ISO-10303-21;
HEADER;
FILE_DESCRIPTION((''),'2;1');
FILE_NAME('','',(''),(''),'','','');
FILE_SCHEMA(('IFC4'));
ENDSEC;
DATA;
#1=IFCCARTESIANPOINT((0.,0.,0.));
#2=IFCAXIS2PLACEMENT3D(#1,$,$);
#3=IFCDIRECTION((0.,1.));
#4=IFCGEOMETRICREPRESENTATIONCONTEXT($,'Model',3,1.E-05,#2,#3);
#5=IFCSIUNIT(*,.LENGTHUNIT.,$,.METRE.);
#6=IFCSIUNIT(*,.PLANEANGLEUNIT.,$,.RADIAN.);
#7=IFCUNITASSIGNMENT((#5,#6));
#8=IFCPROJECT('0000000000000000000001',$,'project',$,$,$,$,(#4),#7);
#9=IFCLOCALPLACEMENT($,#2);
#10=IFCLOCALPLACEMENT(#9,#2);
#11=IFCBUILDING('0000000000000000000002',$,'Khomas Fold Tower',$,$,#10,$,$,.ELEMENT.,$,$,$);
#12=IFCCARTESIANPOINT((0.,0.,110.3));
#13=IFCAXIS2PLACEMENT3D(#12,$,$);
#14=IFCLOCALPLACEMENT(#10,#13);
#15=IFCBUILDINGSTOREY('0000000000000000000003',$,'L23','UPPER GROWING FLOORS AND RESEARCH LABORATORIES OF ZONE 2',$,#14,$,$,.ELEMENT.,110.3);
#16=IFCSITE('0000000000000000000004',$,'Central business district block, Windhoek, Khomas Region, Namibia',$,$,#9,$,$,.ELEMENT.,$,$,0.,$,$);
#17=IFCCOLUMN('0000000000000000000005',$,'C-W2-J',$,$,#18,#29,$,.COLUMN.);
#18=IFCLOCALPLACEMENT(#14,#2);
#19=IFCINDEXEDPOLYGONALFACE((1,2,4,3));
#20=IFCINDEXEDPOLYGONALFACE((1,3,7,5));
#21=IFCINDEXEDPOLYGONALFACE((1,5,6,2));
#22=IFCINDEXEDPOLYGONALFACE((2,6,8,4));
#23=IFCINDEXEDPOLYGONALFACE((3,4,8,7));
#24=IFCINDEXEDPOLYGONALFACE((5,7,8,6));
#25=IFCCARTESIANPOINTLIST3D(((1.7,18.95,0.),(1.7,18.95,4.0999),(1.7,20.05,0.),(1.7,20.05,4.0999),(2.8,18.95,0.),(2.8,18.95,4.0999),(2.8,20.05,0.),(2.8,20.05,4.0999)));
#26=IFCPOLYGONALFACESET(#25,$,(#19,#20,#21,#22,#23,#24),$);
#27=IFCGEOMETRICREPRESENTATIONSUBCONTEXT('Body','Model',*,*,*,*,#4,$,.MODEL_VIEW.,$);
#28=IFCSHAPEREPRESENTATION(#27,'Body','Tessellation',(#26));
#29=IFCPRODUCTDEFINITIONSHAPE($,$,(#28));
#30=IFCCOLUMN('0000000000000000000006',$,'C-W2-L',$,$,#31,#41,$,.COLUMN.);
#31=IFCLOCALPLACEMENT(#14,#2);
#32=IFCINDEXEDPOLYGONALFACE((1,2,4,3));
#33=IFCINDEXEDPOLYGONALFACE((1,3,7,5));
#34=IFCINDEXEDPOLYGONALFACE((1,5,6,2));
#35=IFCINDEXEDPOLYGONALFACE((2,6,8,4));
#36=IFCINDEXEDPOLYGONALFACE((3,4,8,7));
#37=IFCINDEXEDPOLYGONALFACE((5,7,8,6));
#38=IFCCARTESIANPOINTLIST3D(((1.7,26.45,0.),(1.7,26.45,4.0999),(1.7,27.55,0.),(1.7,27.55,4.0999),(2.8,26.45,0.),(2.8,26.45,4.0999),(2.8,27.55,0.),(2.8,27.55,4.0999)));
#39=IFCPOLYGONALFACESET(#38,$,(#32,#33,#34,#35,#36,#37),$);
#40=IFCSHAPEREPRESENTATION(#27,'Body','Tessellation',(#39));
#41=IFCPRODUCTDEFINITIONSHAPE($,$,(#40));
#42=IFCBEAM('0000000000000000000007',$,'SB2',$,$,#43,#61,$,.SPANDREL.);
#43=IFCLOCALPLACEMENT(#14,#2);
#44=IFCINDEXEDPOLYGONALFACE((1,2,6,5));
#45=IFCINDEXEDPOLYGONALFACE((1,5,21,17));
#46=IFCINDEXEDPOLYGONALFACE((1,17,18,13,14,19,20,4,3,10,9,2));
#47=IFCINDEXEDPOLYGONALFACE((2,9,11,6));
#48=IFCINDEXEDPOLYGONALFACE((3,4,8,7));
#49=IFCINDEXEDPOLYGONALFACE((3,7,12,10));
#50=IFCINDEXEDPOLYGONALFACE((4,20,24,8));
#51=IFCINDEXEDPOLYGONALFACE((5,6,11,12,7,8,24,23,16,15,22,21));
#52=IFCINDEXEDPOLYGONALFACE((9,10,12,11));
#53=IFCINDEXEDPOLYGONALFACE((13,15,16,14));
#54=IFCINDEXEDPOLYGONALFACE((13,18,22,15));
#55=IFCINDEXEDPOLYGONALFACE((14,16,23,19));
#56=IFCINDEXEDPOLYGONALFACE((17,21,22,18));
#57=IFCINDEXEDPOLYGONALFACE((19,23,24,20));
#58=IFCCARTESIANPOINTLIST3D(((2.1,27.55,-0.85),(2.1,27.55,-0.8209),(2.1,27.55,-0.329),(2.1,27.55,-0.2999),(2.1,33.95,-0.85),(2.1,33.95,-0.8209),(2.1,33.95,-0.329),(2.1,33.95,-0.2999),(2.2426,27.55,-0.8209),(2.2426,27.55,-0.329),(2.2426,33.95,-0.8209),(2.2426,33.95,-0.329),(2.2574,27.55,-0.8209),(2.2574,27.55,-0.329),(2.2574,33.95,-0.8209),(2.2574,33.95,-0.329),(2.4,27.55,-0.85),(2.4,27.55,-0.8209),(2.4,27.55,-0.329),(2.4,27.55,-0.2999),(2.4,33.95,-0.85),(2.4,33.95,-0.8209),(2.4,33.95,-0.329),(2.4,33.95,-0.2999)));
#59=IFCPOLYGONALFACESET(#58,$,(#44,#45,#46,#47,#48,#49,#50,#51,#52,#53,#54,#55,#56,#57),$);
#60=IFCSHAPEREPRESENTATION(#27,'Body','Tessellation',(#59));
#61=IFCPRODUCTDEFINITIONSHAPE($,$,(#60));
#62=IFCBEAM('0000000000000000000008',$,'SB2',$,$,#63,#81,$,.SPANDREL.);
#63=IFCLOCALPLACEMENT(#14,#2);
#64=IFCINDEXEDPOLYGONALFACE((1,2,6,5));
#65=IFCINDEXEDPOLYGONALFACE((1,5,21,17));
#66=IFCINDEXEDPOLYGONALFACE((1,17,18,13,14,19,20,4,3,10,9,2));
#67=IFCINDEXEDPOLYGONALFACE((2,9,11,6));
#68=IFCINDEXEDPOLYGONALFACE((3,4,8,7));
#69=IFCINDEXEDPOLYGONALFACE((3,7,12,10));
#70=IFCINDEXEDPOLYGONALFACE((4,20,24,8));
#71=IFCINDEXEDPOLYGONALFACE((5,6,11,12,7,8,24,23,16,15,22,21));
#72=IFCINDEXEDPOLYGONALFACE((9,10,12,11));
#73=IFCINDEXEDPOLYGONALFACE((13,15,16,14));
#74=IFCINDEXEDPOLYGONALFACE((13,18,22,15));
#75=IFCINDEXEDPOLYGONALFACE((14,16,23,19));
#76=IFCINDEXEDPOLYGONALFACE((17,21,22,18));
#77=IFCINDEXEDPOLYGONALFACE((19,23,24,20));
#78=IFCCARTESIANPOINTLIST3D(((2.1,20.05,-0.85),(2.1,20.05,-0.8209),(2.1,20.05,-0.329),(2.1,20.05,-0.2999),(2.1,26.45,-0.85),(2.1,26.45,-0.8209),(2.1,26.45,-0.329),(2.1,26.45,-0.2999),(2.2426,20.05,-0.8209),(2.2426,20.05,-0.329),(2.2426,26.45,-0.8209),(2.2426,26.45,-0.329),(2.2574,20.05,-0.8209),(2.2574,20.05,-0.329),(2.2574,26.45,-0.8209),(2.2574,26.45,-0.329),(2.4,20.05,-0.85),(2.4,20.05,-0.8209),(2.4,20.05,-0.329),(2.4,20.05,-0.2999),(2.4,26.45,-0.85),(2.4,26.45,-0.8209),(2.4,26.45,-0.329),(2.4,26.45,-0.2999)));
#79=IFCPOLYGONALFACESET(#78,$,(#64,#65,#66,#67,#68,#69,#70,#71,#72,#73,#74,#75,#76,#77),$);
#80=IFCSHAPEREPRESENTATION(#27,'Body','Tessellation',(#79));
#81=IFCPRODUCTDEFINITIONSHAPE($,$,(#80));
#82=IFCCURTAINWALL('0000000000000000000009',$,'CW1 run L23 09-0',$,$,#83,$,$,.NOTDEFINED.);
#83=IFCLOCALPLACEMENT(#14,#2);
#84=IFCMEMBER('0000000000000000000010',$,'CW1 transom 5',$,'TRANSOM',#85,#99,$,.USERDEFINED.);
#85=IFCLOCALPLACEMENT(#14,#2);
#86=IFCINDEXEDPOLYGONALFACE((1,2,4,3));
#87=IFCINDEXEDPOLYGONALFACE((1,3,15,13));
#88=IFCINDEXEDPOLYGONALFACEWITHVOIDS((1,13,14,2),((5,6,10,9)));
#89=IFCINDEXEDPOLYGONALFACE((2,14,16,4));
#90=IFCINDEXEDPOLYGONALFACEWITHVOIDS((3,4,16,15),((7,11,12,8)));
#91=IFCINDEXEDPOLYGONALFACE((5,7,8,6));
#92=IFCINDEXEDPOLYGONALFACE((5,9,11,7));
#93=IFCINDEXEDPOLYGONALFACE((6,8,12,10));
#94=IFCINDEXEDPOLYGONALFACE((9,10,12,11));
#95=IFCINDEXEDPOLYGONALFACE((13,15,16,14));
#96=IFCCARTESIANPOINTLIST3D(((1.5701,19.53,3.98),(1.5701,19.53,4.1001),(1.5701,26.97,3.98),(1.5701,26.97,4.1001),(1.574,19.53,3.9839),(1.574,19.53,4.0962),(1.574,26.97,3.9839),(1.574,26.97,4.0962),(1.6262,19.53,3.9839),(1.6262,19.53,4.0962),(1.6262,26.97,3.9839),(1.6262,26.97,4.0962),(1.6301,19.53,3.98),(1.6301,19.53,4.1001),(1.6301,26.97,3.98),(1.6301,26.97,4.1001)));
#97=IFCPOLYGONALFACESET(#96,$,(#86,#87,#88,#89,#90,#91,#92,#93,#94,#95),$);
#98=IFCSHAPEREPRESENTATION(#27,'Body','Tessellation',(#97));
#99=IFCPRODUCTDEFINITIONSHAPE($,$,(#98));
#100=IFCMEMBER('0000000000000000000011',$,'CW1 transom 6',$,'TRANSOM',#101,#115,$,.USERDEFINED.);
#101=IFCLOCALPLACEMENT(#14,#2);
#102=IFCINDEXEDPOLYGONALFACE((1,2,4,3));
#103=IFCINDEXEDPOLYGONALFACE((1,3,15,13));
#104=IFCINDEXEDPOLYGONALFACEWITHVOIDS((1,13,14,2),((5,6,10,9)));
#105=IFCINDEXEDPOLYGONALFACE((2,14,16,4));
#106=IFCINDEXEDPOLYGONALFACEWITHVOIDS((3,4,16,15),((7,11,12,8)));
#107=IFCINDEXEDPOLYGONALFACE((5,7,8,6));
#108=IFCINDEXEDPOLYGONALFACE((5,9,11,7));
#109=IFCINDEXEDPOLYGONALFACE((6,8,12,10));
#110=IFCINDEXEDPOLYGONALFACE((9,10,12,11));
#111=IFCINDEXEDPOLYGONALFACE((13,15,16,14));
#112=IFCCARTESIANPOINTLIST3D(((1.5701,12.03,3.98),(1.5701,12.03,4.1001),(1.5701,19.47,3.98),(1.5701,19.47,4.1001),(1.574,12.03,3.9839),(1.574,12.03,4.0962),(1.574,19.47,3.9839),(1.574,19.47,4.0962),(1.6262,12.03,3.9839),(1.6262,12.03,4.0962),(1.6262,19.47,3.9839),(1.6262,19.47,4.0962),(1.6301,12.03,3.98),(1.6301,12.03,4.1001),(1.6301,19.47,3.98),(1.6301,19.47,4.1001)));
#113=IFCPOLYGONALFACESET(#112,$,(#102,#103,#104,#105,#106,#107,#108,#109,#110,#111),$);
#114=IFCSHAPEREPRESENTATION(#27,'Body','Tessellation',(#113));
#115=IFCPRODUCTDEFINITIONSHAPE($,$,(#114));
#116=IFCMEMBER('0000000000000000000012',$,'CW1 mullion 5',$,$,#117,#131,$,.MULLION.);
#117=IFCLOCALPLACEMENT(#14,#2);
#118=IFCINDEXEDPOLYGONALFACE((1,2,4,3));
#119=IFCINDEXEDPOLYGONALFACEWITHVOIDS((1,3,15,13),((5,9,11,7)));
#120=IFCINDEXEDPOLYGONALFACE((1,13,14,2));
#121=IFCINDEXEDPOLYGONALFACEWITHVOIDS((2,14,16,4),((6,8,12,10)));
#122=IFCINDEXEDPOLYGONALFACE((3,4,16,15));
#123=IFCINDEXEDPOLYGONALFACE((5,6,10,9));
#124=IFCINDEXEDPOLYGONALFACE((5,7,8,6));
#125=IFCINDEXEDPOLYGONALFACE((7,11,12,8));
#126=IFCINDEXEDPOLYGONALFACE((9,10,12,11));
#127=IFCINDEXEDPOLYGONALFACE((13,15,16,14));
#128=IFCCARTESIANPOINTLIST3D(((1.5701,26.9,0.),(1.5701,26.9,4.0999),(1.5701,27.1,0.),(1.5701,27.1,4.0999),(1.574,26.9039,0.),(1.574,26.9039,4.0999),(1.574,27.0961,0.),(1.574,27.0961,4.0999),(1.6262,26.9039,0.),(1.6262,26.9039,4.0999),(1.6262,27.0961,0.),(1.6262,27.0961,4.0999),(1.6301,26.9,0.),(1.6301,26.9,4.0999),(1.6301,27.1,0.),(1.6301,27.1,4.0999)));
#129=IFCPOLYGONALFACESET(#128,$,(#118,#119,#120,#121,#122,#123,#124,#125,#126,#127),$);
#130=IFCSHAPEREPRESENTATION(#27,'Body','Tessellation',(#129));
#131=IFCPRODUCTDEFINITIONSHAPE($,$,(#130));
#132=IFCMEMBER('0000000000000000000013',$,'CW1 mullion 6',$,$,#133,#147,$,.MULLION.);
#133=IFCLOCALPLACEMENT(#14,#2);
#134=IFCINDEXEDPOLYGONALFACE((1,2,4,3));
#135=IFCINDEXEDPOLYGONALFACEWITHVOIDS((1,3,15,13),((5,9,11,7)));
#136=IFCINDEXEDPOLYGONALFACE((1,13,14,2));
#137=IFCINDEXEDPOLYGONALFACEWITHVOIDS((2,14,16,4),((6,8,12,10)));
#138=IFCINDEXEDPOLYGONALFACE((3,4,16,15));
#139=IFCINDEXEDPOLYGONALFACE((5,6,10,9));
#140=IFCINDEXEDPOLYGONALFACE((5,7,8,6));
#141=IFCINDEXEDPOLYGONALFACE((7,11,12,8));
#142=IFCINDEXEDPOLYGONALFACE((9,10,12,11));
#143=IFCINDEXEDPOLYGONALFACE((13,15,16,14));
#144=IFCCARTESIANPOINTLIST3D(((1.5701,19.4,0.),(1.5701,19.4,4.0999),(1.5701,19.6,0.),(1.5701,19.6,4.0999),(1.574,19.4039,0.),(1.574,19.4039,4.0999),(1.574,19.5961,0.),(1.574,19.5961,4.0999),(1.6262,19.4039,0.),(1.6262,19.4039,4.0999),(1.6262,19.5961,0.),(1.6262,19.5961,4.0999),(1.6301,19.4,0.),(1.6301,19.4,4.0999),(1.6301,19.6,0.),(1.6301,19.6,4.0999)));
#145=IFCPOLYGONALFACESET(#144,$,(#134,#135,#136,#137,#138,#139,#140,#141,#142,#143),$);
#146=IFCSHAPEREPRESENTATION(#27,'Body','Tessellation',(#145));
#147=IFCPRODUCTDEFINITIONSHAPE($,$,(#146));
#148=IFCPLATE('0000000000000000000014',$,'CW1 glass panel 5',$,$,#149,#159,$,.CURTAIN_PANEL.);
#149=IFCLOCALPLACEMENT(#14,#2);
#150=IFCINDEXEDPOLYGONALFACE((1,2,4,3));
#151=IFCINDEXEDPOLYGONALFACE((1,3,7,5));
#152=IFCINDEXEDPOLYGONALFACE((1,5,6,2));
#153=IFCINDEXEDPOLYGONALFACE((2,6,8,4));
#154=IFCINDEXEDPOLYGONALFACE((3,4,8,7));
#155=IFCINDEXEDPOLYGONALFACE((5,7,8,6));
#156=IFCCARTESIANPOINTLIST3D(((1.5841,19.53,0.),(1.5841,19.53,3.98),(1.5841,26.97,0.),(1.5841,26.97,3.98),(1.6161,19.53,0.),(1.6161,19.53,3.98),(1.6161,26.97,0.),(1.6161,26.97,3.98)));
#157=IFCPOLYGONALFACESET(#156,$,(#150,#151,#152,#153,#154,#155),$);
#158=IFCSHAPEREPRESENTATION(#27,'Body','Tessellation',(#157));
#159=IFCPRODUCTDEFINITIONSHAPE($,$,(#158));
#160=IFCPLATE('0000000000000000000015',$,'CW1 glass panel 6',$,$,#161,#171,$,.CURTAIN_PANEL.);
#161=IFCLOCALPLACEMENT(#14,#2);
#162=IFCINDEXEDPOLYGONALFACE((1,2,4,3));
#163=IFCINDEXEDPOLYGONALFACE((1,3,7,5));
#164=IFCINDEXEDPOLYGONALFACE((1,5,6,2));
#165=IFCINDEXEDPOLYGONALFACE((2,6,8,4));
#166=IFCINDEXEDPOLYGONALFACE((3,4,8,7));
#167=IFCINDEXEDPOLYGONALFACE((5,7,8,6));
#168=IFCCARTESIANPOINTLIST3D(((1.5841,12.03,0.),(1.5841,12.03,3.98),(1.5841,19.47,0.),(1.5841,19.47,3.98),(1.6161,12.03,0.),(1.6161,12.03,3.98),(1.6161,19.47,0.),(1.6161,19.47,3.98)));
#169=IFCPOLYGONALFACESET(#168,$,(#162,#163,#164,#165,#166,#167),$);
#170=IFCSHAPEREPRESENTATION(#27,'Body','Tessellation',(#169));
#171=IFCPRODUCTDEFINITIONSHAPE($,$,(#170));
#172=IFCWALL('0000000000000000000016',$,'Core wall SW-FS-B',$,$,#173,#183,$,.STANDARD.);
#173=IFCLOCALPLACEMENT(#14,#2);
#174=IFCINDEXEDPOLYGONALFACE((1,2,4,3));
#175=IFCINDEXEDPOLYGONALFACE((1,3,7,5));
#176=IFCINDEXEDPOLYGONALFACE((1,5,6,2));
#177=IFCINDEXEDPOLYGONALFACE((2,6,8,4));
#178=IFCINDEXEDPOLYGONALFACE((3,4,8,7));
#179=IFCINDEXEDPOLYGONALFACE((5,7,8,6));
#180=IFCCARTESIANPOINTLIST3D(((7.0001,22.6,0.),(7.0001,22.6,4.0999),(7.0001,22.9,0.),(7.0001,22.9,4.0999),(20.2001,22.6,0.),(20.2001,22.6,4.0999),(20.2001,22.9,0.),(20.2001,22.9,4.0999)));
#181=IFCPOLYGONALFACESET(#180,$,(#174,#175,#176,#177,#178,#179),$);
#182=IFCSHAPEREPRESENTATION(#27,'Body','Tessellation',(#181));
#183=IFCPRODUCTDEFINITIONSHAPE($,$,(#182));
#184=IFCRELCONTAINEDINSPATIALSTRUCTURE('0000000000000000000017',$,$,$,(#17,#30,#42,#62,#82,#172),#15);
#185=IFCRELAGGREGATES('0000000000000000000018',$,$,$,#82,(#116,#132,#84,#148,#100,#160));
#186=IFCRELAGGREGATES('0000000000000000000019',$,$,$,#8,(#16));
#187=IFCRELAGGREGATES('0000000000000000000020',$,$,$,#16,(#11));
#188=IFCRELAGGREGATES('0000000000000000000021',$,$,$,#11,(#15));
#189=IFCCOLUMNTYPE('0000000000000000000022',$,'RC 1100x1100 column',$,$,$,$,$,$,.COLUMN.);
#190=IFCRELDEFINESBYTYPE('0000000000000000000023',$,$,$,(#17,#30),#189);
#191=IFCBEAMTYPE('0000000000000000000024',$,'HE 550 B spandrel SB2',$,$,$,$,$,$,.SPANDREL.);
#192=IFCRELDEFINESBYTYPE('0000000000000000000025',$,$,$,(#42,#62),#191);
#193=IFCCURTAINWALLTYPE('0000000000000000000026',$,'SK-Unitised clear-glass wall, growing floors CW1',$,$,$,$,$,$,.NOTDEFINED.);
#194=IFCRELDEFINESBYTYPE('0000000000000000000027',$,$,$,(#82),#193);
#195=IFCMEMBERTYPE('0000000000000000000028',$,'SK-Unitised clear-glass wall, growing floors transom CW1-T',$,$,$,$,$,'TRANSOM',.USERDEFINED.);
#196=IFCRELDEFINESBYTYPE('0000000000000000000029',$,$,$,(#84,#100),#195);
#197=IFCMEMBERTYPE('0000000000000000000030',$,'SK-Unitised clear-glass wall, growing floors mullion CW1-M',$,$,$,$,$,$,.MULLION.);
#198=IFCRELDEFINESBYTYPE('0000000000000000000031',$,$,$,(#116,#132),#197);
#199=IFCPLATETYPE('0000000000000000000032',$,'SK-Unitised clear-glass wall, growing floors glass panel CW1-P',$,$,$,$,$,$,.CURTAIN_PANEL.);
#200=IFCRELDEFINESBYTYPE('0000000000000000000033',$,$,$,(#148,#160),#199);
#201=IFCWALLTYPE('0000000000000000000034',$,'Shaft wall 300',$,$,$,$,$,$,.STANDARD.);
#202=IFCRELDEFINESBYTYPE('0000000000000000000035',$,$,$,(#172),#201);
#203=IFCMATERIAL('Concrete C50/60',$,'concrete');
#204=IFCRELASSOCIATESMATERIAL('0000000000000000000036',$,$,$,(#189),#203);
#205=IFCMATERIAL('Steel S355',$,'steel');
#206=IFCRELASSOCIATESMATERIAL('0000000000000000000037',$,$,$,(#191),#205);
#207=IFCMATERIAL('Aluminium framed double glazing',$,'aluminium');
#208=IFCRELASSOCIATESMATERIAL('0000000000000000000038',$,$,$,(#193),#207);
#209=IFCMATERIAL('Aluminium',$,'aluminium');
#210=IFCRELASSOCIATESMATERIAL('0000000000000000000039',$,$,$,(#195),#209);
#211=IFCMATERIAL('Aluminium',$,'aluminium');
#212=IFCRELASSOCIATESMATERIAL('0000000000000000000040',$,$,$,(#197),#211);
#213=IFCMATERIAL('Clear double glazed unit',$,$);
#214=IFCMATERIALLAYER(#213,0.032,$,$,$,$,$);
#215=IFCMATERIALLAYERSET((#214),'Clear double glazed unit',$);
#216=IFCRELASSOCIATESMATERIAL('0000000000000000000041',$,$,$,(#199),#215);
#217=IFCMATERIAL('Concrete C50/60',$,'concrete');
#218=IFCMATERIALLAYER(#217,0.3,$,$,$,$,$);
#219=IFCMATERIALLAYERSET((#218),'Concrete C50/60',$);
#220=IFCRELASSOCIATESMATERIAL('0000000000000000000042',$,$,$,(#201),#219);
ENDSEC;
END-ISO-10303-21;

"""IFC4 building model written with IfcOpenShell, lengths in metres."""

from ifc_helpers import new_model, si_unit, direction, frame, frame_2d, origin, origin_2d, place, context, subcontext, project, spatial, rectangle, hollow_rectangle, i_section, extrude, source, transform, mapped, material, layer, layer_set, material_profile, profile_set, type_object, element, aggregate, save


model = new_model("IFC4")

# Units and contexts
model_context = context("Model", 3, precision=1e-05, world=origin(), true_north=direction((0.0, 1.0)))
body_context = subcontext(model_context, "Body", "Model", "MODEL_VIEW")
ifc_project = project(units=[si_unit("LENGTHUNIT", "METRE"), si_unit("PLANEANGLEUNIT", "RADIAN")], contexts=[model_context])

# Site, building, storey
site_placement = place(None, origin())
site = spatial("IfcSite", under=ifc_project, at=site_placement, Name="Central business district block, Windhoek, Khomas Region, Namibia", CompositionType="ELEMENT", RefElevation=0.0)
building_placement = place(site_placement, origin())
building = spatial("IfcBuilding", under=site, at=building_placement, Name="Khomas Fold Tower", CompositionType="ELEMENT")
storey_placement = place(building_placement, frame((0.0, 0.0, 110.3)))
storey = spatial("IfcBuildingStorey", under=building, at=storey_placement, Name="L23", Description="UPPER GROWING FLOORS AND RESEARCH LABORATORIES OF ZONE 2", CompositionType="ELEMENT", Elevation=110.3)

# Columns
ifc_material_1 = material(Name="Concrete C50/60", Category="concrete")
ifc_material_profile_1 = material_profile(ifc_material_1, rectangle(XDim=1.1001, YDim=1.1001, at=origin_2d()), Name="RC 1100x1100")
ifc_profile_set_1 = profile_set([ifc_material_profile_1], Name="Concrete C50/60")
column_type = type_object("IfcColumnType", Name="RC 1100x1100 column", PredefinedType="COLUMN", material=ifc_profile_set_1)
shared_shape_1 = source(origin(), body_context, "Body", "SweptSolid", [
    extrude(rectangle(XDim=1.1001, YDim=1.1001, at=origin_2d()), origin(), (0.0, 0.0, 1.0), 4.0999),
])
for number, where, z_axis, x_axis, name in (
    (1, (2.25, 19.5, 0.0), (0.0, 0.0, 1.0), (1.0, 0.0, 0.0), "C-W2-J"),
    (2, (2.25, 27.0, 0.0), (0.0, 0.0, 1.0), (1.0, 0.0, 0.0), "C-W2-L"),
):
    element("IfcColumn", number, at=place(storey_placement, frame(where, z_axis=z_axis, x_axis=x_axis)), inside=storey, type_object=column_type, Name=name, PredefinedType="COLUMN", context=body_context, shape_type="MappedRepresentation", body=[
        mapped(shared_shape_1, transform((0.0, 0.0, 0.0))),
    ])

# Beams
ifc_material_2 = material(Name="Steel S355", Category="steel")
ifc_material_profile_2 = material_profile(ifc_material_2, i_section(OverallWidth=0.3, OverallDepth=0.55, WebThickness=0.0149, FlangeThickness=0.0291, at=origin_2d()), Name="HE 550 B")
ifc_profile_set_2 = profile_set([ifc_material_profile_2], Name="Steel S355")
beam_type = type_object("IfcBeamType", Name="HE 550 B spandrel SB2", PredefinedType="SPANDREL", material=ifc_profile_set_2)
shared_shape_2 = source(origin(), body_context, "Body", "SweptSolid", [
    extrude(i_section(OverallWidth=0.3, OverallDepth=0.55, WebThickness=0.0149, FlangeThickness=0.0291, at=origin_2d()), origin(), (0.0, 0.0, 1.0), 6.3999),
])
for number, where, z_axis, x_axis, name in (
    (3, (2.25, 27.55, -0.575), (0.0, 1.0, 0.0), (-1.0, 0.0, 0.0), "SB2"),
    (4, (2.25, 20.05, -0.575), (0.0, 1.0, 0.0), (-1.0, 0.0, 0.0), "SB2"),
):
    element("IfcBeam", number, at=place(storey_placement, frame(where, z_axis=z_axis, x_axis=x_axis)), inside=storey, type_object=beam_type, Name=name, PredefinedType="SPANDREL", context=body_context, shape_type="MappedRepresentation", body=[
        mapped(shared_shape_2, transform((0.0, 0.0, 0.0))),
    ])

# Curtain wall, members, plates
ifc_material_3 = material(Name="Aluminium framed double glazing", Category="aluminium")
curtain_wall_type = type_object("IfcCurtainWallType", Name="SK-Unitised clear-glass wall, growing floors CW1", PredefinedType="NOTDEFINED", material=ifc_material_3)
curtain_wall_placement = place(storey_placement, origin())
curtain_wall = element("IfcCurtainWall", 5, at=curtain_wall_placement, inside=storey, type_object=curtain_wall_type, Name="CW1 run L23 09-0", PredefinedType="NOTDEFINED")
ifc_material_4 = material(Name="Aluminium", Category="aluminium")
ifc_material_profile_3 = material_profile(ifc_material_4, hollow_rectangle(XDim=0.0601, YDim=0.1201, WallThickness=0.0039, at=origin_2d()), Name="SK-Unitised clear-glass wall, growing floors transom CW1-T")
ifc_profile_set_3 = profile_set([ifc_material_profile_3], Name="Aluminium")
member_type_1 = type_object("IfcMemberType", Name="SK-Unitised clear-glass wall, growing floors transom CW1-T", ElementType="TRANSOM", PredefinedType="USERDEFINED", material=ifc_profile_set_3)
shared_shape_3 = source(origin(), body_context, "Body", "SweptSolid", [
    extrude(hollow_rectangle(XDim=0.0601, YDim=0.1201, WallThickness=0.0039, at=origin_2d()), origin(), (0.0, 0.0, 1.0), 7.4399),
])
member_1_placement = place(storey_placement, frame((1.6001, 26.97, 4.04), z_axis=(0.0, -1.0, 0.0), x_axis=(1.0, 0.0, 0.0)))
member_1 = element("IfcMember", 6, at=member_1_placement, type_object=member_type_1, Name="CW1 transom 5", ObjectType="TRANSOM", PredefinedType="USERDEFINED", context=body_context, shape_type="MappedRepresentation", body=[
    mapped(shared_shape_3, transform((0.0, 0.0, 0.0))),
])
member_2_placement = place(storey_placement, frame((1.6001, 19.47, 4.04), z_axis=(0.0, -1.0, 0.0), x_axis=(1.0, 0.0, 0.0)))
member_2 = element("IfcMember", 7, at=member_2_placement, type_object=member_type_1, Name="CW1 transom 6", ObjectType="TRANSOM", PredefinedType="USERDEFINED", context=body_context, shape_type="MappedRepresentation", body=[
    mapped(shared_shape_3, transform((0.0, 0.0, 0.0))),
])
ifc_material_5 = material(Name="Aluminium", Category="aluminium")
ifc_material_profile_4 = material_profile(ifc_material_5, hollow_rectangle(XDim=0.0601, YDim=0.2, WallThickness=0.0039, at=origin_2d()), Name="SK-Unitised clear-glass wall, growing floors mullion CW1-M")
ifc_profile_set_4 = profile_set([ifc_material_profile_4], Name="Aluminium")
member_type_2 = type_object("IfcMemberType", Name="SK-Unitised clear-glass wall, growing floors mullion CW1-M", PredefinedType="MULLION", material=ifc_profile_set_4)
shared_shape_4 = source(origin(), body_context, "Body", "SweptSolid", [
    extrude(hollow_rectangle(XDim=0.0601, YDim=0.2, WallThickness=0.0039, at=origin_2d()), origin(), (0.0, 0.0, 1.0), 4.0999),
])
member_3_placement = place(storey_placement, frame((1.6001, 27.0, 0.0), z_axis=(0.0, 0.0, 1.0), x_axis=(1.0, 0.0, 0.0)))
member_3 = element("IfcMember", 8, at=member_3_placement, type_object=member_type_2, Name="CW1 mullion 5", PredefinedType="MULLION", context=body_context, shape_type="MappedRepresentation", body=[
    mapped(shared_shape_4, transform((0.0, 0.0, 0.0))),
])
member_4_placement = place(storey_placement, frame((1.6001, 19.5, 0.0), z_axis=(0.0, 0.0, 1.0), x_axis=(1.0, 0.0, 0.0)))
member_4 = element("IfcMember", 9, at=member_4_placement, type_object=member_type_2, Name="CW1 mullion 6", PredefinedType="MULLION", context=body_context, shape_type="MappedRepresentation", body=[
    mapped(shared_shape_4, transform((0.0, 0.0, 0.0))),
])
ifc_material_6 = material(Name="Clear double glazed unit")
ifc_layer_1 = layer(ifc_material_6, 0.032)
ifc_layer_set_1 = layer_set([ifc_layer_1], Name="Clear double glazed unit")
plate_type = type_object("IfcPlateType", Name="SK-Unitised clear-glass wall, growing floors glass panel CW1-P", PredefinedType="CURTAIN_PANEL", material=ifc_layer_set_1)
shared_shape_5 = source(origin(), body_context, "Body", "SweptSolid", [
    extrude(rectangle(XDim=7.4399, YDim=0.032, at=origin_2d()), origin(), (0.0, 0.0, 1.0), 3.98),
])
plate_1_placement = place(storey_placement, frame((1.6001, 23.25, 0.0), z_axis=(0.0, 0.0, 1.0), x_axis=(0.0, -1.0, 0.0)))
plate_1 = element("IfcPlate", 10, at=plate_1_placement, type_object=plate_type, Name="CW1 glass panel 5", PredefinedType="CURTAIN_PANEL", context=body_context, shape_type="MappedRepresentation", body=[
    mapped(shared_shape_5, transform((0.0, 0.0, 0.0))),
])
plate_2_placement = place(storey_placement, frame((1.6001, 15.75, 0.0), z_axis=(0.0, 0.0, 1.0), x_axis=(0.0, -1.0, 0.0)))
plate_2 = element("IfcPlate", 11, at=plate_2_placement, type_object=plate_type, Name="CW1 glass panel 6", PredefinedType="CURTAIN_PANEL", context=body_context, shape_type="MappedRepresentation", body=[
    mapped(shared_shape_5, transform((0.0, 0.0, 0.0))),
])
aggregate(curtain_wall, [member_3, member_4, member_1, plate_1, member_2, plate_2])

# Wall
ifc_material_7 = material(Name="Concrete C50/60", Category="concrete")
ifc_layer_2 = layer(ifc_material_7, 0.3)
ifc_layer_set_2 = layer_set([ifc_layer_2], Name="Concrete C50/60")
wall_type_1 = type_object("IfcWallType", Name="Shaft wall 300", PredefinedType="STANDARD", material=ifc_layer_set_2)
shared_shape_6 = source(origin(), body_context, "Body", "SweptSolid", [
    extrude(rectangle(XDim=13.2, YDim=0.3, at=frame_2d((6.6001, 0.0))), origin(), (0.0, 0.0, 1.0), 4.0999),
])
wall_1_placement = place(storey_placement, frame((7.0, 22.75, 0.0), z_axis=(0.0, 0.0, 1.0), x_axis=(1.0, 0.0, 0.0)))
element("IfcWall", 12, at=wall_1_placement, inside=storey, type_object=wall_type_1, Name="Core wall SW-FS-B", PredefinedType="STANDARD", context=body_context, shape_type="MappedRepresentation", body=[
    mapped(shared_shape_6, transform((0.0, 0.0, 0.0))),
])

save(model, "model.ifc")
